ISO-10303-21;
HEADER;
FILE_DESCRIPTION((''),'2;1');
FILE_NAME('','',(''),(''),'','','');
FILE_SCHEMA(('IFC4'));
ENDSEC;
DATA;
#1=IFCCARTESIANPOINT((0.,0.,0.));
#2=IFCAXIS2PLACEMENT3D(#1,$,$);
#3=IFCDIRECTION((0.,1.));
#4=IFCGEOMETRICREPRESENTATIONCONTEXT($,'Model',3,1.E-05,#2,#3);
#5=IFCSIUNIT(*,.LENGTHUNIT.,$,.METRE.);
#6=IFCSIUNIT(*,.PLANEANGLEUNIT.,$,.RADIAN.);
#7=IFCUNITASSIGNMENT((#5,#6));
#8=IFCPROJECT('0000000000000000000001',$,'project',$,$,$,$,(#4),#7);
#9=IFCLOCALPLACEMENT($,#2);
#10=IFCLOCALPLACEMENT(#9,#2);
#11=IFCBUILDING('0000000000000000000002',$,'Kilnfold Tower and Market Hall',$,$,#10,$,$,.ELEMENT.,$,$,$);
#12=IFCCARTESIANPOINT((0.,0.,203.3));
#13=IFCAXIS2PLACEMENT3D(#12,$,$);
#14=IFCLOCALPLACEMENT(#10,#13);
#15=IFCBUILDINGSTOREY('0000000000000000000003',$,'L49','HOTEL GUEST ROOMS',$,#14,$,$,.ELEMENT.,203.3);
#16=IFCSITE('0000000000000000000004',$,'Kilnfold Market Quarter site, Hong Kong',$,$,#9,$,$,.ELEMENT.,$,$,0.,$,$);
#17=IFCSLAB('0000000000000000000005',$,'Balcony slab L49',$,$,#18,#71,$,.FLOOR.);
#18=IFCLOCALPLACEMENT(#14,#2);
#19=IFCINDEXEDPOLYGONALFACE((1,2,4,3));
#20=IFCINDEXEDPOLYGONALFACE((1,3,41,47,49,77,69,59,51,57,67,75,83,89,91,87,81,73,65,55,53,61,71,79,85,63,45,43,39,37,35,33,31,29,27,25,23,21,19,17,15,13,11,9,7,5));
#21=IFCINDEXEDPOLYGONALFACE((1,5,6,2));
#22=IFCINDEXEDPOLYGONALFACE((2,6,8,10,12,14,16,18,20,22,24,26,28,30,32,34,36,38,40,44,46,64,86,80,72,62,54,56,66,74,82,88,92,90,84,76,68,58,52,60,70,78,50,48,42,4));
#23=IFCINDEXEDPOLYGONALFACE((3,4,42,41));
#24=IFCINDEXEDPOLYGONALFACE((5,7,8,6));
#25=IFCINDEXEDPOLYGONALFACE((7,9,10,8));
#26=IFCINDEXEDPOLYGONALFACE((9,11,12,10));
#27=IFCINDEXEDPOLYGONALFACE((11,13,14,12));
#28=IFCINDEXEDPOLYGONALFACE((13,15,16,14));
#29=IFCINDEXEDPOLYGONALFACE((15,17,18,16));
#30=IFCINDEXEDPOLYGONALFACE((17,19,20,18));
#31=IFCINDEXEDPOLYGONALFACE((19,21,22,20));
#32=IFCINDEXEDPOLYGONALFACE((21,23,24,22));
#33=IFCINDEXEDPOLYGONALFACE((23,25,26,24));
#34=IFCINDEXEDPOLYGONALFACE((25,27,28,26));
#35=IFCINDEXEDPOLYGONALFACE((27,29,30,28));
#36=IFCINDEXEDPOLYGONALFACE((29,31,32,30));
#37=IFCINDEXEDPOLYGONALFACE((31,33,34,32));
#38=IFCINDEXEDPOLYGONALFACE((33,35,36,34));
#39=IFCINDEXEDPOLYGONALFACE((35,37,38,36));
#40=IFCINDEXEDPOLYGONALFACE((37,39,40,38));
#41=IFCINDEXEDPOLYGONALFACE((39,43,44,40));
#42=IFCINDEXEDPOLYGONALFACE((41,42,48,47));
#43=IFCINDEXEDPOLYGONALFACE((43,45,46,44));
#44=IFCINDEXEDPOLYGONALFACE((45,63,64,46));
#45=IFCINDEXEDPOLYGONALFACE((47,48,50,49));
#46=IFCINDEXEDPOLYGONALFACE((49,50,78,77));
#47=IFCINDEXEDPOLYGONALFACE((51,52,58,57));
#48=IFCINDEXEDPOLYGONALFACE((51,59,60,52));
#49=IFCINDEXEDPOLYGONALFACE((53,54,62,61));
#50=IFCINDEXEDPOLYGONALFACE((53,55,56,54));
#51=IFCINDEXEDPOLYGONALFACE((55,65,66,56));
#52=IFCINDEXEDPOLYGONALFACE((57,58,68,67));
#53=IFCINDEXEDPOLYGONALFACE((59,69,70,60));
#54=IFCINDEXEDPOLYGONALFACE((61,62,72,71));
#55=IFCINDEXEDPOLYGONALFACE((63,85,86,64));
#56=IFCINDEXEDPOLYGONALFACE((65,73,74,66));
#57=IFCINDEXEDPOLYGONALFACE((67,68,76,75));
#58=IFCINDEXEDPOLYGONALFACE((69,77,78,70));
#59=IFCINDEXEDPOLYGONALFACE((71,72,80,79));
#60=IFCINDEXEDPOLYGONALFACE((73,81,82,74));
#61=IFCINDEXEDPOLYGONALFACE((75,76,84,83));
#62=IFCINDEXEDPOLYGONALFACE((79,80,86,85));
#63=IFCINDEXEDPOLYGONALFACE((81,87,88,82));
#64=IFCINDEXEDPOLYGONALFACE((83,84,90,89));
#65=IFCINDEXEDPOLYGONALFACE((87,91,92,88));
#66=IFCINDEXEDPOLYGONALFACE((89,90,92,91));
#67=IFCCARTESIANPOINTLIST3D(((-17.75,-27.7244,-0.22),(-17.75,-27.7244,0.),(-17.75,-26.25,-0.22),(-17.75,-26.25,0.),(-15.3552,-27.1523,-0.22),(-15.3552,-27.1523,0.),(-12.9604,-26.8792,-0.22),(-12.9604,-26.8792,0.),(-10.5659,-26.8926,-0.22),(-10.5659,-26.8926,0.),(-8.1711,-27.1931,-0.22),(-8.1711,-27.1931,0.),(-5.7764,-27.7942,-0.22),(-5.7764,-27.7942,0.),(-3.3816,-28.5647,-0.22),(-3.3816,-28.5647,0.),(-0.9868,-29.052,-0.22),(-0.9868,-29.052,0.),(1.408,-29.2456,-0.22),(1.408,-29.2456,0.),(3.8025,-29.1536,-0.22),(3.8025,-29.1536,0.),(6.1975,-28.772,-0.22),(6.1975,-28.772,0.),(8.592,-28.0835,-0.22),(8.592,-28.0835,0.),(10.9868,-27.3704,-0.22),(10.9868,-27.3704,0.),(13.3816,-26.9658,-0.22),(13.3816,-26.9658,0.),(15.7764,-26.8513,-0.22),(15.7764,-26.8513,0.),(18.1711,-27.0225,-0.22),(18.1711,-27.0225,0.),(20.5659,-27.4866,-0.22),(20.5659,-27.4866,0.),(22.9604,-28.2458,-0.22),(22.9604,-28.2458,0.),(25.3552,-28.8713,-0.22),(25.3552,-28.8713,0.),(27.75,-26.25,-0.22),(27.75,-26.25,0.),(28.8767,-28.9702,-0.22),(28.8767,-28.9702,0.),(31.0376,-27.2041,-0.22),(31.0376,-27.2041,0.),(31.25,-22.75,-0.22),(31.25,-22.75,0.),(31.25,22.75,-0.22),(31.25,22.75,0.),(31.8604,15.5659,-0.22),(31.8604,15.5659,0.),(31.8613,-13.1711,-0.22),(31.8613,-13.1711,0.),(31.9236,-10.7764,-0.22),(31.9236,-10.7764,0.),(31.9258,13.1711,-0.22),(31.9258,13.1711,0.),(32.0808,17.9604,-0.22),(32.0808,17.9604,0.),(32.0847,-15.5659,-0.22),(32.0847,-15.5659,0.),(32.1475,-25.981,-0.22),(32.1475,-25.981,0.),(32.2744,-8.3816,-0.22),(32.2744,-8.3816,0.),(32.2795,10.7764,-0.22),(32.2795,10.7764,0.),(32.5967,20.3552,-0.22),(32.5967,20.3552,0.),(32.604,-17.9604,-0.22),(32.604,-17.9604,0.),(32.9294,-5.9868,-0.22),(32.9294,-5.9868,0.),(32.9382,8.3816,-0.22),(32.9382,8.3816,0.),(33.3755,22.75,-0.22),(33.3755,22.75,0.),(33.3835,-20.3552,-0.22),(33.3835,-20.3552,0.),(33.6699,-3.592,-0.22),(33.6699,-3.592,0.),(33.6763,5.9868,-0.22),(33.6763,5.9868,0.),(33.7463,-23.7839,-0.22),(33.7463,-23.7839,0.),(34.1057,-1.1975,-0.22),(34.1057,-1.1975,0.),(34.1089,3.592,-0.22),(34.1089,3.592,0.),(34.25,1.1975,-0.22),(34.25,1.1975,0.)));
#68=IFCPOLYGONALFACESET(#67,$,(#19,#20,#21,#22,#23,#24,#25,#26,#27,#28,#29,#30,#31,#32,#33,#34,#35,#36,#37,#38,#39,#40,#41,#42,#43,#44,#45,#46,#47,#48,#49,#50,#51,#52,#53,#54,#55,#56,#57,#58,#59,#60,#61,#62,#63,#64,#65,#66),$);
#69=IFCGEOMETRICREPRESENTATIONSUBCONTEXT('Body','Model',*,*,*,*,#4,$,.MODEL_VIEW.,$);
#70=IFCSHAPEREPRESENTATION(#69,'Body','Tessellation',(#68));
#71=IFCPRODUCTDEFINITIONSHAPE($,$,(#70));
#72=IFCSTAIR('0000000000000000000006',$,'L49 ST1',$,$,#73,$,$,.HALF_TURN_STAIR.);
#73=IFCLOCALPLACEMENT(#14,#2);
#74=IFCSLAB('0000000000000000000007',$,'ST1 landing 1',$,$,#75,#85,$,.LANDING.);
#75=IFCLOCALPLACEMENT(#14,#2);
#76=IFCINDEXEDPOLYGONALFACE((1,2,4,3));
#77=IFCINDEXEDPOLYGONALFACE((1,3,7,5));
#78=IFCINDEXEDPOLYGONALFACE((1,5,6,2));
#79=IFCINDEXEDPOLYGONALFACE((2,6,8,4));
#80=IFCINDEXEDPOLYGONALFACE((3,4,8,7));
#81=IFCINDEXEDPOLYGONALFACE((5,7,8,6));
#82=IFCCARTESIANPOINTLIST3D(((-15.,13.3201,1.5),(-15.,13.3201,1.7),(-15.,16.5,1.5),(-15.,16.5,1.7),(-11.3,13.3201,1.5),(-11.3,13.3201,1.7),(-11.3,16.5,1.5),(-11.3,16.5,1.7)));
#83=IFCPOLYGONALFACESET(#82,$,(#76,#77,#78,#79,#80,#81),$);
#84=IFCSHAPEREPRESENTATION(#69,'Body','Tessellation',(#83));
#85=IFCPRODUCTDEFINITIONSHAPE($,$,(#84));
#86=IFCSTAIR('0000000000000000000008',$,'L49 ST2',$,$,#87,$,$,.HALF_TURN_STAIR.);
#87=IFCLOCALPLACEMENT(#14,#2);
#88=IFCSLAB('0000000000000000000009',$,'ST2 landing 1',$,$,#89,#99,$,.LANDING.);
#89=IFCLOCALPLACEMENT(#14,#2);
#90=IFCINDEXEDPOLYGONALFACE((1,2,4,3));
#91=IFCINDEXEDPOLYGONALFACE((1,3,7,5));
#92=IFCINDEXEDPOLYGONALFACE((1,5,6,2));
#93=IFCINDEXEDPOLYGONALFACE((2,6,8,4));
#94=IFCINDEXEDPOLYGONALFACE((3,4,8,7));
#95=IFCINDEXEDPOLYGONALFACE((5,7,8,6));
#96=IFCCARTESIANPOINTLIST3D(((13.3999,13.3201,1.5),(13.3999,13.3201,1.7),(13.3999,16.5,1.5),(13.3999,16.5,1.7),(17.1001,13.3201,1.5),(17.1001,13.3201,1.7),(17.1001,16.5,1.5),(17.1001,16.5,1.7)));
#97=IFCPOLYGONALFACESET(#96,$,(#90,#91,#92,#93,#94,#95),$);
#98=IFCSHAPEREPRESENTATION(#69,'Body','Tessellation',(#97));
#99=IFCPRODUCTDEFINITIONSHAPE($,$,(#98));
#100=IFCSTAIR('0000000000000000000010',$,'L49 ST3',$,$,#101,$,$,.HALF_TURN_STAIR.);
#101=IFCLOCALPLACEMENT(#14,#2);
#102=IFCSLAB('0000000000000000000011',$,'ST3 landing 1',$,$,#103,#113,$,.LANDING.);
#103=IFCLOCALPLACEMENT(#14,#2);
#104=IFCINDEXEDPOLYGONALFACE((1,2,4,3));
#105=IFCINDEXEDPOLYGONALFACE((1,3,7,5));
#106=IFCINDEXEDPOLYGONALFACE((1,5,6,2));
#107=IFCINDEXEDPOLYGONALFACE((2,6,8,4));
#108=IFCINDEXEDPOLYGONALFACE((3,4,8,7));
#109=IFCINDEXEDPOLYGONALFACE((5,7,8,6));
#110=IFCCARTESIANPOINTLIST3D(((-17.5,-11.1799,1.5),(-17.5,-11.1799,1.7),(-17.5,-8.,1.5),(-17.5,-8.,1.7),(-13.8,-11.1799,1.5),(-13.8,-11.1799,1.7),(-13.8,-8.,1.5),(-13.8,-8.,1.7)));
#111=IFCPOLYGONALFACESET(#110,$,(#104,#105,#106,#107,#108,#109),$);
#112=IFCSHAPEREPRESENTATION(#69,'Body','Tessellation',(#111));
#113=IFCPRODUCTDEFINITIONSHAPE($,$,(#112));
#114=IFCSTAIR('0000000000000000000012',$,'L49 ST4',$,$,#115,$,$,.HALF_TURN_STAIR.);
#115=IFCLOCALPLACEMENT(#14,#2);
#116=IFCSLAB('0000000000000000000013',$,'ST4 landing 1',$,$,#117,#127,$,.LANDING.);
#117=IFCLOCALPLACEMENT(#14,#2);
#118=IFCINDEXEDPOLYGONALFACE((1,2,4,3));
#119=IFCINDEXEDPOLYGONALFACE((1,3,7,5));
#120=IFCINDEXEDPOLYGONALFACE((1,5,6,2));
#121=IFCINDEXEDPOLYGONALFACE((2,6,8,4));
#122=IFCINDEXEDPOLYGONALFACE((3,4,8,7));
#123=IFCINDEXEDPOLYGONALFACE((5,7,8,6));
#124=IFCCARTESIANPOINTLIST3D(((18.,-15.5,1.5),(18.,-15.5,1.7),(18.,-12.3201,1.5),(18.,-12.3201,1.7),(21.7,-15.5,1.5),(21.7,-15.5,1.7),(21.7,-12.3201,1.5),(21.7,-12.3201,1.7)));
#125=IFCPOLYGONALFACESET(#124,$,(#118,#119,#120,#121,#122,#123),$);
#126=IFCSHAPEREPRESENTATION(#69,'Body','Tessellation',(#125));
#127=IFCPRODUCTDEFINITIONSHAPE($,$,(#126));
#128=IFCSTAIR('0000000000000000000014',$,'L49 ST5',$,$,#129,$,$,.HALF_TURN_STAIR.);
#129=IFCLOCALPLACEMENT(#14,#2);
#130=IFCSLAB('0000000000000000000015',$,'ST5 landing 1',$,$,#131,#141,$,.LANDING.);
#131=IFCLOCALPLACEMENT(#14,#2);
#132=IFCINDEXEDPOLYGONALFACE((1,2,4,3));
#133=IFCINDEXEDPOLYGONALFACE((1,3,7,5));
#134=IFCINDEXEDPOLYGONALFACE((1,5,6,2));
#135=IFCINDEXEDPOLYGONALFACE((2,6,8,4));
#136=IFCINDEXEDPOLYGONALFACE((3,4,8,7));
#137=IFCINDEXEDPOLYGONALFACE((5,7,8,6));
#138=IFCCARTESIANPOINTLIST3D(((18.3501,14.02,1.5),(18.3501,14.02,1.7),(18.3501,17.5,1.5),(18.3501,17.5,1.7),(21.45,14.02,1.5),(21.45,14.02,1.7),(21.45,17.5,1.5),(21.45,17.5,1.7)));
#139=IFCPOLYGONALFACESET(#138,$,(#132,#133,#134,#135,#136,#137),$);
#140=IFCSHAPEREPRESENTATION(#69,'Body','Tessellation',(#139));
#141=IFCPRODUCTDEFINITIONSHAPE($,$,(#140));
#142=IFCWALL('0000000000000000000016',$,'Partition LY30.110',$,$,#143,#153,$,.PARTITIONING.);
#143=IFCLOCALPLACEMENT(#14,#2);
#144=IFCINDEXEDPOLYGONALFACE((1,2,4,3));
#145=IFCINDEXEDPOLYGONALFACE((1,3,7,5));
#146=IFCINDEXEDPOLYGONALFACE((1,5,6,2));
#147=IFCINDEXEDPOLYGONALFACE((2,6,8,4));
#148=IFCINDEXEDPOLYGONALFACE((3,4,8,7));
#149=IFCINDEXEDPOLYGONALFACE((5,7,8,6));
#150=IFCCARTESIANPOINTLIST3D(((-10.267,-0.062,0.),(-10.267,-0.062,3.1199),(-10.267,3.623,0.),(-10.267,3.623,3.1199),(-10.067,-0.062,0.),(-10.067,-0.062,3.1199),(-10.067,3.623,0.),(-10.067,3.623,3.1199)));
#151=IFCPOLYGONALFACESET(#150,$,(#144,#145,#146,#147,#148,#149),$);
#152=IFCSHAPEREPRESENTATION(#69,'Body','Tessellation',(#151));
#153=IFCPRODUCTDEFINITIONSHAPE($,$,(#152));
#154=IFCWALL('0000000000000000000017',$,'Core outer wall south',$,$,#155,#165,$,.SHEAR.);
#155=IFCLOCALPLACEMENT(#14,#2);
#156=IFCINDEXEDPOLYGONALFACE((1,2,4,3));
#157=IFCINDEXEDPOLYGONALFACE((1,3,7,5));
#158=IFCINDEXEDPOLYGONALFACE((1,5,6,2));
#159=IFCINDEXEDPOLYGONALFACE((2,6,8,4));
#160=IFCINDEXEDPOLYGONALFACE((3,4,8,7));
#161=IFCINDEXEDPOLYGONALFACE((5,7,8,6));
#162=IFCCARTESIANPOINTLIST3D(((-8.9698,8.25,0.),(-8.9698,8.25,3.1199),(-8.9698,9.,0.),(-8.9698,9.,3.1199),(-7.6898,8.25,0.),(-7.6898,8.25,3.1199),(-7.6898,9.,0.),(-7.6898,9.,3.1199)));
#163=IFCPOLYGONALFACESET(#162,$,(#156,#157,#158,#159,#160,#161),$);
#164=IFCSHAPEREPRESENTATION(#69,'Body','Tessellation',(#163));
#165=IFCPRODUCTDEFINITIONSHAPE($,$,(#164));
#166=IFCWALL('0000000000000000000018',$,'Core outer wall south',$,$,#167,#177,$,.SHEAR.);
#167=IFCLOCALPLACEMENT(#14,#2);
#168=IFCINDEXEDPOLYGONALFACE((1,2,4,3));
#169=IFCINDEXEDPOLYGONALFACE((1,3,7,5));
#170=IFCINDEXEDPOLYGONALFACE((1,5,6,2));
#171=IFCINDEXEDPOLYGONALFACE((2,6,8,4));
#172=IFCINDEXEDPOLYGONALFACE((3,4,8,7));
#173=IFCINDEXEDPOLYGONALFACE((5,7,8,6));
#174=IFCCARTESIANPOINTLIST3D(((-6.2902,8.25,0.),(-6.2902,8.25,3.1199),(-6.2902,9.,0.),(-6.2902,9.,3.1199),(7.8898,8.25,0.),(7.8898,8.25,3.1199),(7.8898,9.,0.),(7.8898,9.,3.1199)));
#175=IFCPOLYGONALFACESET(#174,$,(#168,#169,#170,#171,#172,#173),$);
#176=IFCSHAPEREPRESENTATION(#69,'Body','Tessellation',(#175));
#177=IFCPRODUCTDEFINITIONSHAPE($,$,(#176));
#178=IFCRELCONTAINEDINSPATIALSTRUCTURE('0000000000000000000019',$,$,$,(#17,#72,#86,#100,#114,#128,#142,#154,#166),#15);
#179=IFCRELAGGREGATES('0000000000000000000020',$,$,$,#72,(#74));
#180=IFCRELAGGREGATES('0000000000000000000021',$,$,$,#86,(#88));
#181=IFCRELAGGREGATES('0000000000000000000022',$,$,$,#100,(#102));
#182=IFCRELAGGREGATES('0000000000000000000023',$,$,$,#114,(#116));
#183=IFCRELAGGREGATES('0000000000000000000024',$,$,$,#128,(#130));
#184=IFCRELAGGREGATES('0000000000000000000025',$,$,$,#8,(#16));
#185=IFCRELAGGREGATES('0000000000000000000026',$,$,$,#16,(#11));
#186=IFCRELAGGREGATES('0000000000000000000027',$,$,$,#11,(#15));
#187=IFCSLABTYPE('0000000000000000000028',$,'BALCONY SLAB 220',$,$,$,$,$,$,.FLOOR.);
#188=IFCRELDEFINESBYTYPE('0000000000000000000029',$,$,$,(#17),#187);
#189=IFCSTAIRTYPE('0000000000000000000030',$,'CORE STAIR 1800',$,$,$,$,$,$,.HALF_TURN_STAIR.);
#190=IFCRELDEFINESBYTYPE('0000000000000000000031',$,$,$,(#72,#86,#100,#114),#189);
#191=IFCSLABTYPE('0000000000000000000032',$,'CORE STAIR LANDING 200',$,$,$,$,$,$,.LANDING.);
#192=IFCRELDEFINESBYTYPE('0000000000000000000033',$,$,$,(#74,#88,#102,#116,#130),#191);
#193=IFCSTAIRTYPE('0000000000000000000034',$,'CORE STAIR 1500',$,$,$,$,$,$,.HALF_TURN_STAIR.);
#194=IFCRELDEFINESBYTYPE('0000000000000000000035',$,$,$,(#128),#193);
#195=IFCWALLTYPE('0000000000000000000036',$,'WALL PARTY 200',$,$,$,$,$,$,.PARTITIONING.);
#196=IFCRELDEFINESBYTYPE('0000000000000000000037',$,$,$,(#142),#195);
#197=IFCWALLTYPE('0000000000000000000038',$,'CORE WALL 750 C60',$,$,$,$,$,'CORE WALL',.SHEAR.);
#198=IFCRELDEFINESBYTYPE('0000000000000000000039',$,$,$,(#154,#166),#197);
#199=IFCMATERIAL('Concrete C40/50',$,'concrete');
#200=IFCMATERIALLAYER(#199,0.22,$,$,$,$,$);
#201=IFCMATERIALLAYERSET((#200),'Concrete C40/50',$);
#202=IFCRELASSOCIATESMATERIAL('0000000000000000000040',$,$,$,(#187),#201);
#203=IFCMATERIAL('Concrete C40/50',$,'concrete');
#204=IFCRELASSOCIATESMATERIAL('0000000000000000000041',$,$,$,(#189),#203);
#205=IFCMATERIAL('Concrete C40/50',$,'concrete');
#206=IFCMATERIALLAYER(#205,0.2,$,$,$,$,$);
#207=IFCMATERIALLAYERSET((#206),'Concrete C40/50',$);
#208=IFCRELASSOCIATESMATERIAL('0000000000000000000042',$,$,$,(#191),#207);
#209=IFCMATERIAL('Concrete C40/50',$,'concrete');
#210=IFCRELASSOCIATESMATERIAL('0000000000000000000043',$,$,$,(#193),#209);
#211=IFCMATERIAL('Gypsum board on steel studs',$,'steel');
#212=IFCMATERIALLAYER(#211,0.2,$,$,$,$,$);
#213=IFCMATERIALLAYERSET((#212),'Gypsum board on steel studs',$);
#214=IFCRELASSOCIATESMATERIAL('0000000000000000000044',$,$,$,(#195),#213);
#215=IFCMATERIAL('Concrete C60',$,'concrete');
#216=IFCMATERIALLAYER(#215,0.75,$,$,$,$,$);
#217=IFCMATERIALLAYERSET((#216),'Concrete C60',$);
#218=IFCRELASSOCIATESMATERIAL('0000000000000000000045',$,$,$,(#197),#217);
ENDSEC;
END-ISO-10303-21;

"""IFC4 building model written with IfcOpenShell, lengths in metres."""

from ifc_helpers import new_model, si_unit, direction, frame, frame_2d, origin, place, context, subcontext, project, spatial, polyline, rectangle, outline, extrude, source, transform, mapped, material, layer, layer_set, type_object, element, aggregate, save


model = new_model("IFC4")

# Units and contexts
model_context = context("Model", 3, precision=1e-05, world=origin(), true_north=direction((0.0, 1.0)))
body_context = subcontext(model_context, "Body", "Model", "MODEL_VIEW")
ifc_project = project(units=[si_unit("LENGTHUNIT", "METRE"), si_unit("PLANEANGLEUNIT", "RADIAN")], contexts=[model_context])

# Site, building, storey
site_placement = place(None, origin())
site = spatial("IfcSite", under=ifc_project, at=site_placement, Name="Kilnfold Market Quarter site, Hong Kong", CompositionType="ELEMENT", RefElevation=0.0)
building_placement = place(site_placement, origin())
building = spatial("IfcBuilding", under=site, at=building_placement, Name="Kilnfold Tower and Market Hall", CompositionType="ELEMENT")
storey_placement = place(building_placement, frame((0.0, 0.0, 203.3)))
storey = spatial("IfcBuildingStorey", under=building, at=storey_placement, Name="L49", Description="HOTEL GUEST ROOMS", CompositionType="ELEMENT", Elevation=203.3)

# Slab
ifc_material_1 = material(Name="Concrete C40/50", Category="concrete")
ifc_layer_1 = layer(ifc_material_1, 0.22)
ifc_layer_set_1 = layer_set([ifc_layer_1], Name="Concrete C40/50")
slab_type_1 = type_object("IfcSlabType", Name="BALCONY SLAB 220", PredefinedType="FLOOR", material=ifc_layer_set_1)
shared_shape_1 = source(origin(), body_context, "Body", "SweptSolid", [
    extrude(outline(polyline([(-17.75, -26.25), (27.75, -26.25), (31.25, -22.75), (31.25, 22.75), (33.3755, 22.75), (32.5967, 20.3552), (32.0808, 17.9604), (31.8604, 15.5659), (31.9258, 13.1711), (32.2795, 10.7764), (32.9382, 8.3816), (33.6763, 5.9868), (34.1089, 3.592), (34.25, 1.1975), (34.1057, -1.1975), (33.6699, -3.592), (32.9294, -5.9868), (32.2744, -8.3816), (31.9236, -10.7764), (31.8613, -13.1711), (32.0847, -15.5659), (32.604, -17.9604), (33.3835, -20.3552), (33.7463, -23.7839), (32.1475, -25.981), (31.0376, -27.2041), (28.8767, -28.9702), (25.3552, -28.8713), (22.9604, -28.2458), (20.5659, -27.4866), (18.1711, -27.0225), (15.7764, -26.8513), (13.3816, -26.9658), (10.9868, -27.3704), (8.592, -28.0835), (6.1975, -28.772), (3.8025, -29.1536), (1.408, -29.2456), (-0.9868, -29.052), (-3.3816, -28.5647), (-5.7764, -27.7942), (-8.1711, -27.1931), (-10.5659, -26.8926), (-12.9604, -26.8792), (-15.3552, -27.1523), (-17.75, -27.7244), (-17.75, -26.25)])), origin(), (0.0, 0.0, 1.0), 0.22),
])
slab_1_placement = place(storey_placement, frame((0.0, 0.0, -0.22)))
element("IfcSlab", 1, at=slab_1_placement, inside=storey, type_object=slab_type_1, Name="Balcony slab L49", PredefinedType="FLOOR", context=body_context, shape_type="MappedRepresentation", body=[
    mapped(shared_shape_1, transform((0.0, 0.0, 0.0))),
])

# Stairs, slabs
ifc_material_2 = material(Name="Concrete C40/50", Category="concrete")
stair_type_1 = type_object("IfcStairType", Name="CORE STAIR 1800", PredefinedType="HALF_TURN_STAIR", material=ifc_material_2)
stair_1_placement = place(storey_placement, origin())
stair_1 = element("IfcStair", 2, at=stair_1_placement, inside=storey, type_object=stair_type_1, Name="L49 ST1", PredefinedType="HALF_TURN_STAIR")
ifc_material_3 = material(Name="Concrete C40/50", Category="concrete")
ifc_layer_2 = layer(ifc_material_3, 0.2)
ifc_layer_set_2 = layer_set([ifc_layer_2], Name="Concrete C40/50")
slab_type_2 = type_object("IfcSlabType", Name="CORE STAIR LANDING 200", PredefinedType="LANDING", material=ifc_layer_set_2)
shared_shape_2 = source(origin(), body_context, "Body", "SweptSolid", [
    extrude(outline(polyline([(-11.3, 13.3201), (-11.3, 16.5), (-15.0, 16.5), (-15.0, 13.3201), (-11.3, 13.3201)])), origin(), (0.0, 0.0, 1.0), 0.2),
])
slab_2_placement = place(storey_placement, frame((0.0, 0.0, 1.5)))
slab_2 = element("IfcSlab", 3, at=slab_2_placement, type_object=slab_type_2, Name="ST1 landing 1", PredefinedType="LANDING", context=body_context, shape_type="MappedRepresentation", body=[
    mapped(shared_shape_2, transform((0.0, 0.0, 0.0))),
])
aggregate(stair_1, [slab_2])
stair_2_placement = place(storey_placement, origin())
stair_2 = element("IfcStair", 4, at=stair_2_placement, inside=storey, type_object=stair_type_1, Name="L49 ST2", PredefinedType="HALF_TURN_STAIR")
shared_shape_3 = source(origin(), body_context, "Body", "SweptSolid", [
    extrude(outline(polyline([(17.1001, 13.3201), (17.1001, 16.5), (13.3999, 16.5), (13.3999, 13.3201), (17.1001, 13.3201)])), origin(), (0.0, 0.0, 1.0), 0.2),
])
slab_3_placement = place(storey_placement, frame((0.0, 0.0, 1.5)))
slab_3 = element("IfcSlab", 5, at=slab_3_placement, type_object=slab_type_2, Name="ST2 landing 1", PredefinedType="LANDING", context=body_context, shape_type="MappedRepresentation", body=[
    mapped(shared_shape_3, transform((0.0, 0.0, 0.0))),
])
aggregate(stair_2, [slab_3])
stair_3_placement = place(storey_placement, origin())
stair_3 = element("IfcStair", 6, at=stair_3_placement, inside=storey, type_object=stair_type_1, Name="L49 ST3", PredefinedType="HALF_TURN_STAIR")
shared_shape_4 = source(origin(), body_context, "Body", "SweptSolid", [
    extrude(outline(polyline([(-13.8, -11.1799), (-13.8, -8.0), (-17.5, -8.0), (-17.5, -11.1799), (-13.8, -11.1799)])), origin(), (0.0, 0.0, 1.0), 0.2),
])
slab_4_placement = place(storey_placement, frame((0.0, 0.0, 1.5)))
slab_4 = element("IfcSlab", 7, at=slab_4_placement, type_object=slab_type_2, Name="ST3 landing 1", PredefinedType="LANDING", context=body_context, shape_type="MappedRepresentation", body=[
    mapped(shared_shape_4, transform((0.0, 0.0, 0.0))),
])
aggregate(stair_3, [slab_4])
stair_4_placement = place(storey_placement, origin())
stair_4 = element("IfcStair", 8, at=stair_4_placement, inside=storey, type_object=stair_type_1, Name="L49 ST4", PredefinedType="HALF_TURN_STAIR")
shared_shape_5 = source(origin(), body_context, "Body", "SweptSolid", [
    extrude(outline(polyline([(18.0, -12.3201), (18.0, -15.5), (21.7, -15.5), (21.7, -12.3201), (18.0, -12.3201)])), origin(), (0.0, 0.0, 1.0), 0.2),
])
slab_5_placement = place(storey_placement, frame((0.0, 0.0, 1.5)))
slab_5 = element("IfcSlab", 9, at=slab_5_placement, type_object=slab_type_2, Name="ST4 landing 1", PredefinedType="LANDING", context=body_context, shape_type="MappedRepresentation", body=[
    mapped(shared_shape_5, transform((0.0, 0.0, 0.0))),
])
aggregate(stair_4, [slab_5])
ifc_material_4 = material(Name="Concrete C40/50", Category="concrete")
stair_type_2 = type_object("IfcStairType", Name="CORE STAIR 1500", PredefinedType="HALF_TURN_STAIR", material=ifc_material_4)
stair_5_placement = place(storey_placement, origin())
stair_5 = element("IfcStair", 10, at=stair_5_placement, inside=storey, type_object=stair_type_2, Name="L49 ST5", PredefinedType="HALF_TURN_STAIR")
shared_shape_6 = source(origin(), body_context, "Body", "SweptSolid", [
    extrude(outline(polyline([(21.45, 14.02), (21.45, 17.5), (18.3501, 17.5), (18.3501, 14.02), (21.45, 14.02)])), origin(), (0.0, 0.0, 1.0), 0.2),
])
slab_6_placement = place(storey_placement, frame((0.0, 0.0, 1.5)))
slab_6 = element("IfcSlab", 11, at=slab_6_placement, type_object=slab_type_2, Name="ST5 landing 1", PredefinedType="LANDING", context=body_context, shape_type="MappedRepresentation", body=[
    mapped(shared_shape_6, transform((0.0, 0.0, 0.0))),
])
aggregate(stair_5, [slab_6])

# Walls
ifc_material_5 = material(Name="Gypsum board on steel studs", Category="steel")
ifc_layer_3 = layer(ifc_material_5, 0.2)
ifc_layer_set_3 = layer_set([ifc_layer_3], Name="Gypsum board on steel studs")
wall_type_1 = type_object("IfcWallType", Name="WALL PARTY 200", PredefinedType="PARTITIONING", material=ifc_layer_set_3)
wall_1_placement = place(storey_placement, frame((-10.167, -0.062, 0.0), z_axis=(0.0, 0.0, 1.0), x_axis=(0.0, 1.0, 0.0)))
element("IfcWall", 12, at=wall_1_placement, inside=storey, type_object=wall_type_1, Name="Partition LY30.110", PredefinedType="PARTITIONING", context=body_context, shape_type="SweptSolid", body=[
    extrude(rectangle(XDim=3.6851, YDim=0.2, at=frame_2d((1.8425, 0.0))), origin(), (0.0, 0.0, 1.0), 3.1199),
])
ifc_material_6 = material(Name="Concrete C60", Category="concrete")
ifc_layer_4 = layer(ifc_material_6, 0.75)
ifc_layer_set_4 = layer_set([ifc_layer_4], Name="Concrete C60")
wall_type_2 = type_object("IfcWallType", Name="CORE WALL 750 C60", ElementType="CORE WALL", PredefinedType="SHEAR", material=ifc_layer_set_4)
shared_shape_7 = source(origin(), body_context, "Body", "SweptSolid", [
    extrude(rectangle(XDim=1.28, YDim=0.75, at=frame_2d((0.6401, 0.0))), origin(), (0.0, 0.0, 1.0), 3.1199),
])
wall_2_placement = place(storey_placement, frame((-8.97, 8.625, 0.0), z_axis=(0.0, 0.0, 1.0), x_axis=(1.0, 0.0, 0.0)))
element("IfcWall", 13, at=wall_2_placement, inside=storey, type_object=wall_type_2, Name="Core outer wall south", PredefinedType="SHEAR", context=body_context, shape_type="MappedRepresentation", body=[
    mapped(shared_shape_7, transform((0.0, 0.0, 0.0))),
])
shared_shape_8 = source(origin(), body_context, "Body", "SweptSolid", [
    extrude(rectangle(XDim=14.1799, YDim=0.75, at=frame_2d((7.0898, 0.0))), origin(), (0.0, 0.0, 1.0), 3.1199),
])
wall_3_placement = place(storey_placement, frame((-6.29, 8.625, 0.0), z_axis=(0.0, 0.0, 1.0), x_axis=(1.0, 0.0, 0.0)))
element("IfcWall", 14, at=wall_3_placement, inside=storey, type_object=wall_type_2, Name="Core outer wall south", PredefinedType="SHEAR", context=body_context, shape_type="MappedRepresentation", body=[
    mapped(shared_shape_8, transform((0.0, 0.0, 0.0))),
])

save(model, "model.ifc")
